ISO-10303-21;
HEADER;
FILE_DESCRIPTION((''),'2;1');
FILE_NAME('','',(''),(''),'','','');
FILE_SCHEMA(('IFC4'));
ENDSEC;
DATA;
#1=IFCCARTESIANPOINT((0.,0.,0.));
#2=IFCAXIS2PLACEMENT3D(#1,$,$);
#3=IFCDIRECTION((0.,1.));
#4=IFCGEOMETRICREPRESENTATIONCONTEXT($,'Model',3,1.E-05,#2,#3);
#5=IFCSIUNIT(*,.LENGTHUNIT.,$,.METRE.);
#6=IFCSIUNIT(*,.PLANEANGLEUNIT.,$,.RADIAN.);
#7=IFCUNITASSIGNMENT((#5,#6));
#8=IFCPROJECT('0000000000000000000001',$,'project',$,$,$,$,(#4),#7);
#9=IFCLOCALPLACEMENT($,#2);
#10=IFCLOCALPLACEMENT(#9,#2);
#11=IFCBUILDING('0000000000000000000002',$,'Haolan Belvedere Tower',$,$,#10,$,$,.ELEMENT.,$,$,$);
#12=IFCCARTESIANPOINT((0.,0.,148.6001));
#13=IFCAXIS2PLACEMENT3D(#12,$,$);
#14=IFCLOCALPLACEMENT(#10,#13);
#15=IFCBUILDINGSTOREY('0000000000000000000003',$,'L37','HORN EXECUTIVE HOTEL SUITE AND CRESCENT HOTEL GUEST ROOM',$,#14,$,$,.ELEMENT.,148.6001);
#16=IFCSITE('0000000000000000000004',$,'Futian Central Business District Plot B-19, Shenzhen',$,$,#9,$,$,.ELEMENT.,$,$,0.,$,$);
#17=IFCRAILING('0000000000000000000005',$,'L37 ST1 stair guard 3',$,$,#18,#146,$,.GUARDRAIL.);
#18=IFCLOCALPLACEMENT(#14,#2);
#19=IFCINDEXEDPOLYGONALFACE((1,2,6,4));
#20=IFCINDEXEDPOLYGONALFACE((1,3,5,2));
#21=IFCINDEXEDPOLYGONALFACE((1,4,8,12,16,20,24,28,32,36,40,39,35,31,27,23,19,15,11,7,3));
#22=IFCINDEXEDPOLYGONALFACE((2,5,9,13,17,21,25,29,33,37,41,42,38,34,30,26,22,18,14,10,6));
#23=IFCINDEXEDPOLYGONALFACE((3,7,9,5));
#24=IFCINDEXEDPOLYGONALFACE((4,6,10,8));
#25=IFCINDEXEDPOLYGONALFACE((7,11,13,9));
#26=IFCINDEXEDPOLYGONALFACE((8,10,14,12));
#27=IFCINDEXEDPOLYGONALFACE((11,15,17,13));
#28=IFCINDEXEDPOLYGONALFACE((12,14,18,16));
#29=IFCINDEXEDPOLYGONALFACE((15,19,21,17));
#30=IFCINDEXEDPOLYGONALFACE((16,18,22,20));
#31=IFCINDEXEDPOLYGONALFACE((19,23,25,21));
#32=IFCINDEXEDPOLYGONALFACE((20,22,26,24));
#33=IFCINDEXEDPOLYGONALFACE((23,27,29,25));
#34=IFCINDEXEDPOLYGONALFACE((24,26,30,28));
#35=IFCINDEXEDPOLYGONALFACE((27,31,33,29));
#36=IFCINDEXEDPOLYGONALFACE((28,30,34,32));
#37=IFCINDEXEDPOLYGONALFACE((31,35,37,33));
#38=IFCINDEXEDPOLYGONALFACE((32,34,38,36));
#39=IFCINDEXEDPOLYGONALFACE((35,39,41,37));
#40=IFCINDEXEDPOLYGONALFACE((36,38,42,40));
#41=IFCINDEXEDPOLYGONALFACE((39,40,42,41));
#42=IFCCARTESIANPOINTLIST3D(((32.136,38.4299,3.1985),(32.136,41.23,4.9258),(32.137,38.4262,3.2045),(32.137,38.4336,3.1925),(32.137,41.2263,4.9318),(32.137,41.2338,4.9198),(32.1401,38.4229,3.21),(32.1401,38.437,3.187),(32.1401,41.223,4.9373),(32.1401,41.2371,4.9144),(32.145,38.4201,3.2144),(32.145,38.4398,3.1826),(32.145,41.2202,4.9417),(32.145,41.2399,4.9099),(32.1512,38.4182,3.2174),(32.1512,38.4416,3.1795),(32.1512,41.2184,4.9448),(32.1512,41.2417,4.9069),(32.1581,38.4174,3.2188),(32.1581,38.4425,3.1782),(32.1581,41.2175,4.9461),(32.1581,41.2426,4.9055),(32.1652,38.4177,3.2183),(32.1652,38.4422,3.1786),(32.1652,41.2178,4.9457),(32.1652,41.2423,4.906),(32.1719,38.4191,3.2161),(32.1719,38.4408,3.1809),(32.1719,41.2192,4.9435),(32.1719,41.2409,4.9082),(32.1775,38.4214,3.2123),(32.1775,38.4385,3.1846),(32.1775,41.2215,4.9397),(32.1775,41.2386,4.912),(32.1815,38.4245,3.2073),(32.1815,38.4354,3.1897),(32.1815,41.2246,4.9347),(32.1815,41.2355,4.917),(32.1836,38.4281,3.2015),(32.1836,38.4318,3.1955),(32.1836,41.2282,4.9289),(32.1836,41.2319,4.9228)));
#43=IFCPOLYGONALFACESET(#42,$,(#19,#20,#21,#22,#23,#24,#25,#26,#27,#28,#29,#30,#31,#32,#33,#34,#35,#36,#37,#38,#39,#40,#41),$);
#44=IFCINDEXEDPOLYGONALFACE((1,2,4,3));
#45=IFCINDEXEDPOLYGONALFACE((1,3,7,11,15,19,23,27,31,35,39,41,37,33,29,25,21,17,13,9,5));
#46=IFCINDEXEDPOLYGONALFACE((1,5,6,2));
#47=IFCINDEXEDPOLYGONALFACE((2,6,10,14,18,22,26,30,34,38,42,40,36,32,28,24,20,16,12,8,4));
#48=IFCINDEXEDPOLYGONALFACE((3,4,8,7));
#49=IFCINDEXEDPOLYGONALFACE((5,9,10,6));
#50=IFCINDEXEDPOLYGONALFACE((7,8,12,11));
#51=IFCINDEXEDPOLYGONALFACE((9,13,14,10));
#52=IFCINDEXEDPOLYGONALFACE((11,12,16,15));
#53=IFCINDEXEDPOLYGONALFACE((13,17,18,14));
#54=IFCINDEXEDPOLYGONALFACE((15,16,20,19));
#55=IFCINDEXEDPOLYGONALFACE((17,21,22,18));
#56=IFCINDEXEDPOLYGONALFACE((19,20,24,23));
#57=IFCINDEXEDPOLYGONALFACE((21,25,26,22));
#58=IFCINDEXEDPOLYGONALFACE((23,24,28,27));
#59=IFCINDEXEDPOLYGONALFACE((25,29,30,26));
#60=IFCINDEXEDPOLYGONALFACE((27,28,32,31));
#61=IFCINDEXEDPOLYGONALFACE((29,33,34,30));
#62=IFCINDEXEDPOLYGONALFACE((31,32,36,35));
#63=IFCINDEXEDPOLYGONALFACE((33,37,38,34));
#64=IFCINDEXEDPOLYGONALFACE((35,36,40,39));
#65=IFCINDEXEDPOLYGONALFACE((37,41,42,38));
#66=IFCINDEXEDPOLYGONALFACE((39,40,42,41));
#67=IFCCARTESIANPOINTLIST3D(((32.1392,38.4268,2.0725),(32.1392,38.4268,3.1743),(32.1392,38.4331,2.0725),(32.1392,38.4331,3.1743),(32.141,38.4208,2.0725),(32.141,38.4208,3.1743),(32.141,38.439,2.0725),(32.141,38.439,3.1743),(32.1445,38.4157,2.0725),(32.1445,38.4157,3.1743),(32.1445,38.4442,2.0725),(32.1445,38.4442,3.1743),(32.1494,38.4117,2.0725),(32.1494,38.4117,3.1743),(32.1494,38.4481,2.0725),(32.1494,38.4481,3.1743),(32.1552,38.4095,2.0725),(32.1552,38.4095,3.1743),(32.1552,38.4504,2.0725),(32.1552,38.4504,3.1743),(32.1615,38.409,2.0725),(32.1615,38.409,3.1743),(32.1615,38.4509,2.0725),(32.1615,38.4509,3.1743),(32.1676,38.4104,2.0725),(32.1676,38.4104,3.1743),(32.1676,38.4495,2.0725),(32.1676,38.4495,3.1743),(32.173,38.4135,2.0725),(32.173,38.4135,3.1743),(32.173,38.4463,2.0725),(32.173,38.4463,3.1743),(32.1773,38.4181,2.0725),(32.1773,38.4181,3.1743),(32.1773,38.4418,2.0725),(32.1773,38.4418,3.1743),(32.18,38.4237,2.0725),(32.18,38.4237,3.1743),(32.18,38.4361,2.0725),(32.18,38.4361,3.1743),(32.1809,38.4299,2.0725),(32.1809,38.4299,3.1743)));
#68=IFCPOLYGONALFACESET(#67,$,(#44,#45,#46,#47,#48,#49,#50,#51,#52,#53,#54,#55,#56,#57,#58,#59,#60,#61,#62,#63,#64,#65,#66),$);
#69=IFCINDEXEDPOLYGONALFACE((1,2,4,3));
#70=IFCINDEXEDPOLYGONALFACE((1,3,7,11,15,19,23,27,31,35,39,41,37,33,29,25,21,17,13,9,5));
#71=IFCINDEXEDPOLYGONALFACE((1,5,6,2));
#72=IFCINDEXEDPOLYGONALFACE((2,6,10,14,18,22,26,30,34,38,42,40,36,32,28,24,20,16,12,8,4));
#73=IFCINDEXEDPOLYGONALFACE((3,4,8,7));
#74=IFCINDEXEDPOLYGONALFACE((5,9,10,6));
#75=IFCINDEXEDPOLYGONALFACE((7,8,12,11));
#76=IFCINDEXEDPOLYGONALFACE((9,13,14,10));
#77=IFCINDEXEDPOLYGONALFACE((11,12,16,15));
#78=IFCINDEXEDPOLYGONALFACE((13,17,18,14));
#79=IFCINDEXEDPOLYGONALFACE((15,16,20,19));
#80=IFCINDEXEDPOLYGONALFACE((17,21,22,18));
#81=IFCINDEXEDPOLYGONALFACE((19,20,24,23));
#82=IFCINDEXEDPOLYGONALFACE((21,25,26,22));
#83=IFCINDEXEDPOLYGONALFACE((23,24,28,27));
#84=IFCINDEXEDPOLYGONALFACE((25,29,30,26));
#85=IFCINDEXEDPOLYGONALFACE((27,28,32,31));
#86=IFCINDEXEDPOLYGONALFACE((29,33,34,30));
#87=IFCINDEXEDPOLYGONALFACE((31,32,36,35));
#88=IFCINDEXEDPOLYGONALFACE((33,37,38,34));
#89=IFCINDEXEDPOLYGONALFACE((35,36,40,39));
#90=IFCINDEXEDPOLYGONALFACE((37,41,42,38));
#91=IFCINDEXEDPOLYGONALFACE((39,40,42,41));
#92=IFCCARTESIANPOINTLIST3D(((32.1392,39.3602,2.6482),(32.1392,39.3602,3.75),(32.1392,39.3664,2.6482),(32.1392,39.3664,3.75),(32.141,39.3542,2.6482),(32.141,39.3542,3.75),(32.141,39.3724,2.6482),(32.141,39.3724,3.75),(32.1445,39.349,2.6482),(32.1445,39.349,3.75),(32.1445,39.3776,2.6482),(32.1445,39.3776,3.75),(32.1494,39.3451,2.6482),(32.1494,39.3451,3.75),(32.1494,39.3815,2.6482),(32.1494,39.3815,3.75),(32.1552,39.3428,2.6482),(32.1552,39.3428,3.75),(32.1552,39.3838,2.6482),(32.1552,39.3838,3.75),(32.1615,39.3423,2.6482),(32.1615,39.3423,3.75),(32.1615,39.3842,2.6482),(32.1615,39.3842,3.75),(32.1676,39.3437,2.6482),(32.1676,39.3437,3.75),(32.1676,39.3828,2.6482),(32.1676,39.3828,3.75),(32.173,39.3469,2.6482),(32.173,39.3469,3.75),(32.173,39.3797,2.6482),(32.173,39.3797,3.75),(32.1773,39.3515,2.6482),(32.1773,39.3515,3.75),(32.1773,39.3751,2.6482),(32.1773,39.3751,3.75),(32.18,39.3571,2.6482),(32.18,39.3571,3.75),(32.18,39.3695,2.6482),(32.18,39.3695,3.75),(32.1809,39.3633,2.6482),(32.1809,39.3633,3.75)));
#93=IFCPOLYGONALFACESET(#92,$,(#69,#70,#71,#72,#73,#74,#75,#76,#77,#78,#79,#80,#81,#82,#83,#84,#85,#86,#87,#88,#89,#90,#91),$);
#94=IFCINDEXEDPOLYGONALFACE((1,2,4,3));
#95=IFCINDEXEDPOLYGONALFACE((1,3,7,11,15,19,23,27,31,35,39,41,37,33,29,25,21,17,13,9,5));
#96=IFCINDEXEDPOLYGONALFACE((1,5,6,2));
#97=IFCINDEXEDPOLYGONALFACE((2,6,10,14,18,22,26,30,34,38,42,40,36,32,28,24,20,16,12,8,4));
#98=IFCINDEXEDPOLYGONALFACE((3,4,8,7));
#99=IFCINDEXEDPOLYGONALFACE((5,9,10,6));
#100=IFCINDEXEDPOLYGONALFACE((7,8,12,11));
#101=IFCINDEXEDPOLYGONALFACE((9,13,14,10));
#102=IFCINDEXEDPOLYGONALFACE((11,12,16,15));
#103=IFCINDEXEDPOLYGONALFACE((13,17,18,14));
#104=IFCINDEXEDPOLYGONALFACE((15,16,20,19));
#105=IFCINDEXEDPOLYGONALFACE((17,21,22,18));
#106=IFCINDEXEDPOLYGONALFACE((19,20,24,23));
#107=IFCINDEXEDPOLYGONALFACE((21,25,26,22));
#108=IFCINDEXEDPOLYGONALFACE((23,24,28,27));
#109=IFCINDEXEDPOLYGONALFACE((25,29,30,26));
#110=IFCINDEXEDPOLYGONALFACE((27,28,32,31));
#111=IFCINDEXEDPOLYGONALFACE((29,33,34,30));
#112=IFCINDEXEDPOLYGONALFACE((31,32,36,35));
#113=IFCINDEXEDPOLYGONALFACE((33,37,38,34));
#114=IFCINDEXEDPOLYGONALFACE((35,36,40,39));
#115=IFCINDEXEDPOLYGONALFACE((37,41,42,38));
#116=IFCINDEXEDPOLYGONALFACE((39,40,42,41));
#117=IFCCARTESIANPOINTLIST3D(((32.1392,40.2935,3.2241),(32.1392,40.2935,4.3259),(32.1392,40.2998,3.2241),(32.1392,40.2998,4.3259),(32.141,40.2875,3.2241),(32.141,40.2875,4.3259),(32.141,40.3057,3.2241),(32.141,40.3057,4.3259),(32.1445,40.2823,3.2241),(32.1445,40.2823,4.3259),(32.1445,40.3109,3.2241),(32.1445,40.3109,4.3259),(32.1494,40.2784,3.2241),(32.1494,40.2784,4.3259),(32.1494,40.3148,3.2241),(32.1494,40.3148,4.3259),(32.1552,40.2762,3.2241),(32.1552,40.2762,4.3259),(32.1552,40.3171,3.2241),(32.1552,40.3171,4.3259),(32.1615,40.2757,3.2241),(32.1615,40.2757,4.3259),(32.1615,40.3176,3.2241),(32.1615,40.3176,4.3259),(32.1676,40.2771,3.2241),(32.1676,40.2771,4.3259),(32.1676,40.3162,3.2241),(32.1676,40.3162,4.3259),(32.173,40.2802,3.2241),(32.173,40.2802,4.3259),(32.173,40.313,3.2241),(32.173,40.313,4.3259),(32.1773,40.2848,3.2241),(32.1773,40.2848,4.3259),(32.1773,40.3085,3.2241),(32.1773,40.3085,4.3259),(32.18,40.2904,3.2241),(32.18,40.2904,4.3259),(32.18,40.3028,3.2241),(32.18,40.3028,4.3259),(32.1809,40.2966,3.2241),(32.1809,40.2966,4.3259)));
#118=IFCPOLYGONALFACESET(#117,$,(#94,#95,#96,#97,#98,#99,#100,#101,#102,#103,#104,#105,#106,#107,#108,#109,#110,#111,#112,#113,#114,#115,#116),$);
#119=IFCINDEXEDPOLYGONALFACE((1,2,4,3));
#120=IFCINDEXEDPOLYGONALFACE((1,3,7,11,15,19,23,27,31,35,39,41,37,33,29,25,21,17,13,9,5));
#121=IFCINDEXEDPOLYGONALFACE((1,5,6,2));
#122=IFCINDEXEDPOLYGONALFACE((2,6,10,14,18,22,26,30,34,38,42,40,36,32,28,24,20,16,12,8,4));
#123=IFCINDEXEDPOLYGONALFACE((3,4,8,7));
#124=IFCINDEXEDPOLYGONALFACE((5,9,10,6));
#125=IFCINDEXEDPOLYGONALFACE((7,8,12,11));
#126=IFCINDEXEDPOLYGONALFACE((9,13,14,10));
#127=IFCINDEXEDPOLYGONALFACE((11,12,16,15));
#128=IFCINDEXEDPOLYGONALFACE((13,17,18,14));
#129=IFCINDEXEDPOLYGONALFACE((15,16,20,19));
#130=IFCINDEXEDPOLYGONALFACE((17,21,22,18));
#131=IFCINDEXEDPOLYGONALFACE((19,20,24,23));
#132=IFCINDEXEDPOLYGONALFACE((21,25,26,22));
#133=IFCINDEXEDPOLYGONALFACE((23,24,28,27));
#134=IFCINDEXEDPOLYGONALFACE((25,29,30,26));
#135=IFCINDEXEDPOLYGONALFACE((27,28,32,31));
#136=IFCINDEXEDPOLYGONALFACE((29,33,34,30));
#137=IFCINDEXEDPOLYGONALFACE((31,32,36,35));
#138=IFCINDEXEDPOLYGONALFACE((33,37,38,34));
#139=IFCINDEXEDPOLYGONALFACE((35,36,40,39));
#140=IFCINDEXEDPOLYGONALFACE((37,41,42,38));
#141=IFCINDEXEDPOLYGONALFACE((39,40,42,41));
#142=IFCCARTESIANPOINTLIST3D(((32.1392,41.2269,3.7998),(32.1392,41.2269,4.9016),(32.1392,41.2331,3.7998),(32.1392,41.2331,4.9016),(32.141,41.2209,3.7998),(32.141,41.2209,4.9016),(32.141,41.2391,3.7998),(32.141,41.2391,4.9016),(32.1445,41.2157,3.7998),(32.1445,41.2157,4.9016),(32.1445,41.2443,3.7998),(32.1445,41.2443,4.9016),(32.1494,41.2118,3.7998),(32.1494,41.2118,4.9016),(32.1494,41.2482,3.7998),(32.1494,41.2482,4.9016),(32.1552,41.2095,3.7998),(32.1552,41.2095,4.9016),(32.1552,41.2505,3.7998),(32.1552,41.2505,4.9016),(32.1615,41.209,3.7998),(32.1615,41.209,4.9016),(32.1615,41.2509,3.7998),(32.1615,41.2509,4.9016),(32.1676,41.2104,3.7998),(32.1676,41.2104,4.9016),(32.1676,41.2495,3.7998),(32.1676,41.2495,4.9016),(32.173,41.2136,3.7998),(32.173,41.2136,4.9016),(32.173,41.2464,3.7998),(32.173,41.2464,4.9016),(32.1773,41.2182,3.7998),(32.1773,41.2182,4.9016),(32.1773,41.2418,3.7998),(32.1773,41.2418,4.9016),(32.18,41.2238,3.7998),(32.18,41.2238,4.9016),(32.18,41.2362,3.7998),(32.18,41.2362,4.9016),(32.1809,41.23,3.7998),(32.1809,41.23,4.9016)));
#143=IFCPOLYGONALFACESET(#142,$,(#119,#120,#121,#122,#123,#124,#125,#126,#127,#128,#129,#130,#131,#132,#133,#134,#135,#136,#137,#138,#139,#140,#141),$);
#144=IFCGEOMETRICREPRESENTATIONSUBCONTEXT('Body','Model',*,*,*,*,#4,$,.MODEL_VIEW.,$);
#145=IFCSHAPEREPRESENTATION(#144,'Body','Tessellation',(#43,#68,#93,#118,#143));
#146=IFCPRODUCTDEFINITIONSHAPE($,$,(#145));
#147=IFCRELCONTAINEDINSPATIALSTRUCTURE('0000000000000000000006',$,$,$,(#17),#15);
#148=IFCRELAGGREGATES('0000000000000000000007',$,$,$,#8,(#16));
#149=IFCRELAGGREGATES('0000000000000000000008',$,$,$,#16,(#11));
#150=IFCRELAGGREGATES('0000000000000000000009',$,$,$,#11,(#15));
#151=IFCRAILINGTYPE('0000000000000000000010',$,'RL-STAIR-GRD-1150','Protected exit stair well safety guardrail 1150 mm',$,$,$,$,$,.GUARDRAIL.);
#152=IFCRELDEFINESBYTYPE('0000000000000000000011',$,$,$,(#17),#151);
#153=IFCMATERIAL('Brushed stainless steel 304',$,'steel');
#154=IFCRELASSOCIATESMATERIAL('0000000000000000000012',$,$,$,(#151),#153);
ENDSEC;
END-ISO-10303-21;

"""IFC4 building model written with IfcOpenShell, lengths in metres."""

from ifc_helpers import new_model, si_unit, direction, frame, origin, origin_2d, place, context, subcontext, project, spatial, circle, extrude, material, type_object, element, save


model = new_model("IFC4")

# Units and contexts
model_context = context("Model", 3, precision=1e-05, world=origin(), true_north=direction((0.0, 1.0)))
body_context = subcontext(model_context, "Body", "Model", "MODEL_VIEW")
ifc_project = project(units=[si_unit("LENGTHUNIT", "METRE"), si_unit("PLANEANGLEUNIT", "RADIAN")], contexts=[model_context])

# Site, building, storey
site_placement = place(None, origin())
site = spatial("IfcSite", under=ifc_project, at=site_placement, Name="Futian Central Business District Plot B-19, Shenzhen", CompositionType="ELEMENT", RefElevation=0.0)
building_placement = place(site_placement, origin())
building = spatial("IfcBuilding", under=site, at=building_placement, Name="Haolan Belvedere Tower", CompositionType="ELEMENT")
storey_placement = place(building_placement, frame((0.0, 0.0, 148.6001)))
storey = spatial("IfcBuildingStorey", under=building, at=storey_placement, Name="L37", Description="HORN EXECUTIVE HOTEL SUITE AND CRESCENT HOTEL GUEST ROOM", CompositionType="ELEMENT", Elevation=148.6001)

# Railing
ifc_material_1 = material(Name="Brushed stainless steel 304", Category="steel")
railing_type_1 = type_object("IfcRailingType", Name="RL-STAIR-GRD-1150", Description="Protected exit stair well safety guardrail 1150 mm", PredefinedType="GUARDRAIL", material=ifc_material_1)
railing_1_placement = place(storey_placement, frame((32.1599, 38.4299, 2.0725)))
element("IfcRailing", 1, at=railing_1_placement, inside=storey, type_object=railing_type_1, Name="L37 ST1 stair guard 3", PredefinedType="GUARDRAIL", context=body_context, shape_type="SweptSolid", body=[
    extrude(circle(Radius=0.0239, at=origin_2d()), frame((0.0, 0.0, 1.126), z_axis=(0.0, 0.85109, 0.52502), x_axis=(-1.0, 0.0, 0.0)), (0.0, 0.0, 1.0), 3.29),
    extrude(circle(Radius=0.021, at=origin_2d()), origin(), (0.0, 0.0, 1.0), 1.1018),
    extrude(circle(Radius=0.021, at=origin_2d()), frame((0.0, 0.9333, 0.5757)), (0.0, 0.0, 1.0), 1.1018),
    extrude(circle(Radius=0.021, at=origin_2d()), frame((0.0, 1.8667, 1.1516)), (0.0, 0.0, 1.0), 1.1018),
    extrude(circle(Radius=0.021, at=origin_2d()), frame((0.0, 2.8, 1.7273)), (0.0, 0.0, 1.0), 1.1018),
])

save(model, "model.ifc")
